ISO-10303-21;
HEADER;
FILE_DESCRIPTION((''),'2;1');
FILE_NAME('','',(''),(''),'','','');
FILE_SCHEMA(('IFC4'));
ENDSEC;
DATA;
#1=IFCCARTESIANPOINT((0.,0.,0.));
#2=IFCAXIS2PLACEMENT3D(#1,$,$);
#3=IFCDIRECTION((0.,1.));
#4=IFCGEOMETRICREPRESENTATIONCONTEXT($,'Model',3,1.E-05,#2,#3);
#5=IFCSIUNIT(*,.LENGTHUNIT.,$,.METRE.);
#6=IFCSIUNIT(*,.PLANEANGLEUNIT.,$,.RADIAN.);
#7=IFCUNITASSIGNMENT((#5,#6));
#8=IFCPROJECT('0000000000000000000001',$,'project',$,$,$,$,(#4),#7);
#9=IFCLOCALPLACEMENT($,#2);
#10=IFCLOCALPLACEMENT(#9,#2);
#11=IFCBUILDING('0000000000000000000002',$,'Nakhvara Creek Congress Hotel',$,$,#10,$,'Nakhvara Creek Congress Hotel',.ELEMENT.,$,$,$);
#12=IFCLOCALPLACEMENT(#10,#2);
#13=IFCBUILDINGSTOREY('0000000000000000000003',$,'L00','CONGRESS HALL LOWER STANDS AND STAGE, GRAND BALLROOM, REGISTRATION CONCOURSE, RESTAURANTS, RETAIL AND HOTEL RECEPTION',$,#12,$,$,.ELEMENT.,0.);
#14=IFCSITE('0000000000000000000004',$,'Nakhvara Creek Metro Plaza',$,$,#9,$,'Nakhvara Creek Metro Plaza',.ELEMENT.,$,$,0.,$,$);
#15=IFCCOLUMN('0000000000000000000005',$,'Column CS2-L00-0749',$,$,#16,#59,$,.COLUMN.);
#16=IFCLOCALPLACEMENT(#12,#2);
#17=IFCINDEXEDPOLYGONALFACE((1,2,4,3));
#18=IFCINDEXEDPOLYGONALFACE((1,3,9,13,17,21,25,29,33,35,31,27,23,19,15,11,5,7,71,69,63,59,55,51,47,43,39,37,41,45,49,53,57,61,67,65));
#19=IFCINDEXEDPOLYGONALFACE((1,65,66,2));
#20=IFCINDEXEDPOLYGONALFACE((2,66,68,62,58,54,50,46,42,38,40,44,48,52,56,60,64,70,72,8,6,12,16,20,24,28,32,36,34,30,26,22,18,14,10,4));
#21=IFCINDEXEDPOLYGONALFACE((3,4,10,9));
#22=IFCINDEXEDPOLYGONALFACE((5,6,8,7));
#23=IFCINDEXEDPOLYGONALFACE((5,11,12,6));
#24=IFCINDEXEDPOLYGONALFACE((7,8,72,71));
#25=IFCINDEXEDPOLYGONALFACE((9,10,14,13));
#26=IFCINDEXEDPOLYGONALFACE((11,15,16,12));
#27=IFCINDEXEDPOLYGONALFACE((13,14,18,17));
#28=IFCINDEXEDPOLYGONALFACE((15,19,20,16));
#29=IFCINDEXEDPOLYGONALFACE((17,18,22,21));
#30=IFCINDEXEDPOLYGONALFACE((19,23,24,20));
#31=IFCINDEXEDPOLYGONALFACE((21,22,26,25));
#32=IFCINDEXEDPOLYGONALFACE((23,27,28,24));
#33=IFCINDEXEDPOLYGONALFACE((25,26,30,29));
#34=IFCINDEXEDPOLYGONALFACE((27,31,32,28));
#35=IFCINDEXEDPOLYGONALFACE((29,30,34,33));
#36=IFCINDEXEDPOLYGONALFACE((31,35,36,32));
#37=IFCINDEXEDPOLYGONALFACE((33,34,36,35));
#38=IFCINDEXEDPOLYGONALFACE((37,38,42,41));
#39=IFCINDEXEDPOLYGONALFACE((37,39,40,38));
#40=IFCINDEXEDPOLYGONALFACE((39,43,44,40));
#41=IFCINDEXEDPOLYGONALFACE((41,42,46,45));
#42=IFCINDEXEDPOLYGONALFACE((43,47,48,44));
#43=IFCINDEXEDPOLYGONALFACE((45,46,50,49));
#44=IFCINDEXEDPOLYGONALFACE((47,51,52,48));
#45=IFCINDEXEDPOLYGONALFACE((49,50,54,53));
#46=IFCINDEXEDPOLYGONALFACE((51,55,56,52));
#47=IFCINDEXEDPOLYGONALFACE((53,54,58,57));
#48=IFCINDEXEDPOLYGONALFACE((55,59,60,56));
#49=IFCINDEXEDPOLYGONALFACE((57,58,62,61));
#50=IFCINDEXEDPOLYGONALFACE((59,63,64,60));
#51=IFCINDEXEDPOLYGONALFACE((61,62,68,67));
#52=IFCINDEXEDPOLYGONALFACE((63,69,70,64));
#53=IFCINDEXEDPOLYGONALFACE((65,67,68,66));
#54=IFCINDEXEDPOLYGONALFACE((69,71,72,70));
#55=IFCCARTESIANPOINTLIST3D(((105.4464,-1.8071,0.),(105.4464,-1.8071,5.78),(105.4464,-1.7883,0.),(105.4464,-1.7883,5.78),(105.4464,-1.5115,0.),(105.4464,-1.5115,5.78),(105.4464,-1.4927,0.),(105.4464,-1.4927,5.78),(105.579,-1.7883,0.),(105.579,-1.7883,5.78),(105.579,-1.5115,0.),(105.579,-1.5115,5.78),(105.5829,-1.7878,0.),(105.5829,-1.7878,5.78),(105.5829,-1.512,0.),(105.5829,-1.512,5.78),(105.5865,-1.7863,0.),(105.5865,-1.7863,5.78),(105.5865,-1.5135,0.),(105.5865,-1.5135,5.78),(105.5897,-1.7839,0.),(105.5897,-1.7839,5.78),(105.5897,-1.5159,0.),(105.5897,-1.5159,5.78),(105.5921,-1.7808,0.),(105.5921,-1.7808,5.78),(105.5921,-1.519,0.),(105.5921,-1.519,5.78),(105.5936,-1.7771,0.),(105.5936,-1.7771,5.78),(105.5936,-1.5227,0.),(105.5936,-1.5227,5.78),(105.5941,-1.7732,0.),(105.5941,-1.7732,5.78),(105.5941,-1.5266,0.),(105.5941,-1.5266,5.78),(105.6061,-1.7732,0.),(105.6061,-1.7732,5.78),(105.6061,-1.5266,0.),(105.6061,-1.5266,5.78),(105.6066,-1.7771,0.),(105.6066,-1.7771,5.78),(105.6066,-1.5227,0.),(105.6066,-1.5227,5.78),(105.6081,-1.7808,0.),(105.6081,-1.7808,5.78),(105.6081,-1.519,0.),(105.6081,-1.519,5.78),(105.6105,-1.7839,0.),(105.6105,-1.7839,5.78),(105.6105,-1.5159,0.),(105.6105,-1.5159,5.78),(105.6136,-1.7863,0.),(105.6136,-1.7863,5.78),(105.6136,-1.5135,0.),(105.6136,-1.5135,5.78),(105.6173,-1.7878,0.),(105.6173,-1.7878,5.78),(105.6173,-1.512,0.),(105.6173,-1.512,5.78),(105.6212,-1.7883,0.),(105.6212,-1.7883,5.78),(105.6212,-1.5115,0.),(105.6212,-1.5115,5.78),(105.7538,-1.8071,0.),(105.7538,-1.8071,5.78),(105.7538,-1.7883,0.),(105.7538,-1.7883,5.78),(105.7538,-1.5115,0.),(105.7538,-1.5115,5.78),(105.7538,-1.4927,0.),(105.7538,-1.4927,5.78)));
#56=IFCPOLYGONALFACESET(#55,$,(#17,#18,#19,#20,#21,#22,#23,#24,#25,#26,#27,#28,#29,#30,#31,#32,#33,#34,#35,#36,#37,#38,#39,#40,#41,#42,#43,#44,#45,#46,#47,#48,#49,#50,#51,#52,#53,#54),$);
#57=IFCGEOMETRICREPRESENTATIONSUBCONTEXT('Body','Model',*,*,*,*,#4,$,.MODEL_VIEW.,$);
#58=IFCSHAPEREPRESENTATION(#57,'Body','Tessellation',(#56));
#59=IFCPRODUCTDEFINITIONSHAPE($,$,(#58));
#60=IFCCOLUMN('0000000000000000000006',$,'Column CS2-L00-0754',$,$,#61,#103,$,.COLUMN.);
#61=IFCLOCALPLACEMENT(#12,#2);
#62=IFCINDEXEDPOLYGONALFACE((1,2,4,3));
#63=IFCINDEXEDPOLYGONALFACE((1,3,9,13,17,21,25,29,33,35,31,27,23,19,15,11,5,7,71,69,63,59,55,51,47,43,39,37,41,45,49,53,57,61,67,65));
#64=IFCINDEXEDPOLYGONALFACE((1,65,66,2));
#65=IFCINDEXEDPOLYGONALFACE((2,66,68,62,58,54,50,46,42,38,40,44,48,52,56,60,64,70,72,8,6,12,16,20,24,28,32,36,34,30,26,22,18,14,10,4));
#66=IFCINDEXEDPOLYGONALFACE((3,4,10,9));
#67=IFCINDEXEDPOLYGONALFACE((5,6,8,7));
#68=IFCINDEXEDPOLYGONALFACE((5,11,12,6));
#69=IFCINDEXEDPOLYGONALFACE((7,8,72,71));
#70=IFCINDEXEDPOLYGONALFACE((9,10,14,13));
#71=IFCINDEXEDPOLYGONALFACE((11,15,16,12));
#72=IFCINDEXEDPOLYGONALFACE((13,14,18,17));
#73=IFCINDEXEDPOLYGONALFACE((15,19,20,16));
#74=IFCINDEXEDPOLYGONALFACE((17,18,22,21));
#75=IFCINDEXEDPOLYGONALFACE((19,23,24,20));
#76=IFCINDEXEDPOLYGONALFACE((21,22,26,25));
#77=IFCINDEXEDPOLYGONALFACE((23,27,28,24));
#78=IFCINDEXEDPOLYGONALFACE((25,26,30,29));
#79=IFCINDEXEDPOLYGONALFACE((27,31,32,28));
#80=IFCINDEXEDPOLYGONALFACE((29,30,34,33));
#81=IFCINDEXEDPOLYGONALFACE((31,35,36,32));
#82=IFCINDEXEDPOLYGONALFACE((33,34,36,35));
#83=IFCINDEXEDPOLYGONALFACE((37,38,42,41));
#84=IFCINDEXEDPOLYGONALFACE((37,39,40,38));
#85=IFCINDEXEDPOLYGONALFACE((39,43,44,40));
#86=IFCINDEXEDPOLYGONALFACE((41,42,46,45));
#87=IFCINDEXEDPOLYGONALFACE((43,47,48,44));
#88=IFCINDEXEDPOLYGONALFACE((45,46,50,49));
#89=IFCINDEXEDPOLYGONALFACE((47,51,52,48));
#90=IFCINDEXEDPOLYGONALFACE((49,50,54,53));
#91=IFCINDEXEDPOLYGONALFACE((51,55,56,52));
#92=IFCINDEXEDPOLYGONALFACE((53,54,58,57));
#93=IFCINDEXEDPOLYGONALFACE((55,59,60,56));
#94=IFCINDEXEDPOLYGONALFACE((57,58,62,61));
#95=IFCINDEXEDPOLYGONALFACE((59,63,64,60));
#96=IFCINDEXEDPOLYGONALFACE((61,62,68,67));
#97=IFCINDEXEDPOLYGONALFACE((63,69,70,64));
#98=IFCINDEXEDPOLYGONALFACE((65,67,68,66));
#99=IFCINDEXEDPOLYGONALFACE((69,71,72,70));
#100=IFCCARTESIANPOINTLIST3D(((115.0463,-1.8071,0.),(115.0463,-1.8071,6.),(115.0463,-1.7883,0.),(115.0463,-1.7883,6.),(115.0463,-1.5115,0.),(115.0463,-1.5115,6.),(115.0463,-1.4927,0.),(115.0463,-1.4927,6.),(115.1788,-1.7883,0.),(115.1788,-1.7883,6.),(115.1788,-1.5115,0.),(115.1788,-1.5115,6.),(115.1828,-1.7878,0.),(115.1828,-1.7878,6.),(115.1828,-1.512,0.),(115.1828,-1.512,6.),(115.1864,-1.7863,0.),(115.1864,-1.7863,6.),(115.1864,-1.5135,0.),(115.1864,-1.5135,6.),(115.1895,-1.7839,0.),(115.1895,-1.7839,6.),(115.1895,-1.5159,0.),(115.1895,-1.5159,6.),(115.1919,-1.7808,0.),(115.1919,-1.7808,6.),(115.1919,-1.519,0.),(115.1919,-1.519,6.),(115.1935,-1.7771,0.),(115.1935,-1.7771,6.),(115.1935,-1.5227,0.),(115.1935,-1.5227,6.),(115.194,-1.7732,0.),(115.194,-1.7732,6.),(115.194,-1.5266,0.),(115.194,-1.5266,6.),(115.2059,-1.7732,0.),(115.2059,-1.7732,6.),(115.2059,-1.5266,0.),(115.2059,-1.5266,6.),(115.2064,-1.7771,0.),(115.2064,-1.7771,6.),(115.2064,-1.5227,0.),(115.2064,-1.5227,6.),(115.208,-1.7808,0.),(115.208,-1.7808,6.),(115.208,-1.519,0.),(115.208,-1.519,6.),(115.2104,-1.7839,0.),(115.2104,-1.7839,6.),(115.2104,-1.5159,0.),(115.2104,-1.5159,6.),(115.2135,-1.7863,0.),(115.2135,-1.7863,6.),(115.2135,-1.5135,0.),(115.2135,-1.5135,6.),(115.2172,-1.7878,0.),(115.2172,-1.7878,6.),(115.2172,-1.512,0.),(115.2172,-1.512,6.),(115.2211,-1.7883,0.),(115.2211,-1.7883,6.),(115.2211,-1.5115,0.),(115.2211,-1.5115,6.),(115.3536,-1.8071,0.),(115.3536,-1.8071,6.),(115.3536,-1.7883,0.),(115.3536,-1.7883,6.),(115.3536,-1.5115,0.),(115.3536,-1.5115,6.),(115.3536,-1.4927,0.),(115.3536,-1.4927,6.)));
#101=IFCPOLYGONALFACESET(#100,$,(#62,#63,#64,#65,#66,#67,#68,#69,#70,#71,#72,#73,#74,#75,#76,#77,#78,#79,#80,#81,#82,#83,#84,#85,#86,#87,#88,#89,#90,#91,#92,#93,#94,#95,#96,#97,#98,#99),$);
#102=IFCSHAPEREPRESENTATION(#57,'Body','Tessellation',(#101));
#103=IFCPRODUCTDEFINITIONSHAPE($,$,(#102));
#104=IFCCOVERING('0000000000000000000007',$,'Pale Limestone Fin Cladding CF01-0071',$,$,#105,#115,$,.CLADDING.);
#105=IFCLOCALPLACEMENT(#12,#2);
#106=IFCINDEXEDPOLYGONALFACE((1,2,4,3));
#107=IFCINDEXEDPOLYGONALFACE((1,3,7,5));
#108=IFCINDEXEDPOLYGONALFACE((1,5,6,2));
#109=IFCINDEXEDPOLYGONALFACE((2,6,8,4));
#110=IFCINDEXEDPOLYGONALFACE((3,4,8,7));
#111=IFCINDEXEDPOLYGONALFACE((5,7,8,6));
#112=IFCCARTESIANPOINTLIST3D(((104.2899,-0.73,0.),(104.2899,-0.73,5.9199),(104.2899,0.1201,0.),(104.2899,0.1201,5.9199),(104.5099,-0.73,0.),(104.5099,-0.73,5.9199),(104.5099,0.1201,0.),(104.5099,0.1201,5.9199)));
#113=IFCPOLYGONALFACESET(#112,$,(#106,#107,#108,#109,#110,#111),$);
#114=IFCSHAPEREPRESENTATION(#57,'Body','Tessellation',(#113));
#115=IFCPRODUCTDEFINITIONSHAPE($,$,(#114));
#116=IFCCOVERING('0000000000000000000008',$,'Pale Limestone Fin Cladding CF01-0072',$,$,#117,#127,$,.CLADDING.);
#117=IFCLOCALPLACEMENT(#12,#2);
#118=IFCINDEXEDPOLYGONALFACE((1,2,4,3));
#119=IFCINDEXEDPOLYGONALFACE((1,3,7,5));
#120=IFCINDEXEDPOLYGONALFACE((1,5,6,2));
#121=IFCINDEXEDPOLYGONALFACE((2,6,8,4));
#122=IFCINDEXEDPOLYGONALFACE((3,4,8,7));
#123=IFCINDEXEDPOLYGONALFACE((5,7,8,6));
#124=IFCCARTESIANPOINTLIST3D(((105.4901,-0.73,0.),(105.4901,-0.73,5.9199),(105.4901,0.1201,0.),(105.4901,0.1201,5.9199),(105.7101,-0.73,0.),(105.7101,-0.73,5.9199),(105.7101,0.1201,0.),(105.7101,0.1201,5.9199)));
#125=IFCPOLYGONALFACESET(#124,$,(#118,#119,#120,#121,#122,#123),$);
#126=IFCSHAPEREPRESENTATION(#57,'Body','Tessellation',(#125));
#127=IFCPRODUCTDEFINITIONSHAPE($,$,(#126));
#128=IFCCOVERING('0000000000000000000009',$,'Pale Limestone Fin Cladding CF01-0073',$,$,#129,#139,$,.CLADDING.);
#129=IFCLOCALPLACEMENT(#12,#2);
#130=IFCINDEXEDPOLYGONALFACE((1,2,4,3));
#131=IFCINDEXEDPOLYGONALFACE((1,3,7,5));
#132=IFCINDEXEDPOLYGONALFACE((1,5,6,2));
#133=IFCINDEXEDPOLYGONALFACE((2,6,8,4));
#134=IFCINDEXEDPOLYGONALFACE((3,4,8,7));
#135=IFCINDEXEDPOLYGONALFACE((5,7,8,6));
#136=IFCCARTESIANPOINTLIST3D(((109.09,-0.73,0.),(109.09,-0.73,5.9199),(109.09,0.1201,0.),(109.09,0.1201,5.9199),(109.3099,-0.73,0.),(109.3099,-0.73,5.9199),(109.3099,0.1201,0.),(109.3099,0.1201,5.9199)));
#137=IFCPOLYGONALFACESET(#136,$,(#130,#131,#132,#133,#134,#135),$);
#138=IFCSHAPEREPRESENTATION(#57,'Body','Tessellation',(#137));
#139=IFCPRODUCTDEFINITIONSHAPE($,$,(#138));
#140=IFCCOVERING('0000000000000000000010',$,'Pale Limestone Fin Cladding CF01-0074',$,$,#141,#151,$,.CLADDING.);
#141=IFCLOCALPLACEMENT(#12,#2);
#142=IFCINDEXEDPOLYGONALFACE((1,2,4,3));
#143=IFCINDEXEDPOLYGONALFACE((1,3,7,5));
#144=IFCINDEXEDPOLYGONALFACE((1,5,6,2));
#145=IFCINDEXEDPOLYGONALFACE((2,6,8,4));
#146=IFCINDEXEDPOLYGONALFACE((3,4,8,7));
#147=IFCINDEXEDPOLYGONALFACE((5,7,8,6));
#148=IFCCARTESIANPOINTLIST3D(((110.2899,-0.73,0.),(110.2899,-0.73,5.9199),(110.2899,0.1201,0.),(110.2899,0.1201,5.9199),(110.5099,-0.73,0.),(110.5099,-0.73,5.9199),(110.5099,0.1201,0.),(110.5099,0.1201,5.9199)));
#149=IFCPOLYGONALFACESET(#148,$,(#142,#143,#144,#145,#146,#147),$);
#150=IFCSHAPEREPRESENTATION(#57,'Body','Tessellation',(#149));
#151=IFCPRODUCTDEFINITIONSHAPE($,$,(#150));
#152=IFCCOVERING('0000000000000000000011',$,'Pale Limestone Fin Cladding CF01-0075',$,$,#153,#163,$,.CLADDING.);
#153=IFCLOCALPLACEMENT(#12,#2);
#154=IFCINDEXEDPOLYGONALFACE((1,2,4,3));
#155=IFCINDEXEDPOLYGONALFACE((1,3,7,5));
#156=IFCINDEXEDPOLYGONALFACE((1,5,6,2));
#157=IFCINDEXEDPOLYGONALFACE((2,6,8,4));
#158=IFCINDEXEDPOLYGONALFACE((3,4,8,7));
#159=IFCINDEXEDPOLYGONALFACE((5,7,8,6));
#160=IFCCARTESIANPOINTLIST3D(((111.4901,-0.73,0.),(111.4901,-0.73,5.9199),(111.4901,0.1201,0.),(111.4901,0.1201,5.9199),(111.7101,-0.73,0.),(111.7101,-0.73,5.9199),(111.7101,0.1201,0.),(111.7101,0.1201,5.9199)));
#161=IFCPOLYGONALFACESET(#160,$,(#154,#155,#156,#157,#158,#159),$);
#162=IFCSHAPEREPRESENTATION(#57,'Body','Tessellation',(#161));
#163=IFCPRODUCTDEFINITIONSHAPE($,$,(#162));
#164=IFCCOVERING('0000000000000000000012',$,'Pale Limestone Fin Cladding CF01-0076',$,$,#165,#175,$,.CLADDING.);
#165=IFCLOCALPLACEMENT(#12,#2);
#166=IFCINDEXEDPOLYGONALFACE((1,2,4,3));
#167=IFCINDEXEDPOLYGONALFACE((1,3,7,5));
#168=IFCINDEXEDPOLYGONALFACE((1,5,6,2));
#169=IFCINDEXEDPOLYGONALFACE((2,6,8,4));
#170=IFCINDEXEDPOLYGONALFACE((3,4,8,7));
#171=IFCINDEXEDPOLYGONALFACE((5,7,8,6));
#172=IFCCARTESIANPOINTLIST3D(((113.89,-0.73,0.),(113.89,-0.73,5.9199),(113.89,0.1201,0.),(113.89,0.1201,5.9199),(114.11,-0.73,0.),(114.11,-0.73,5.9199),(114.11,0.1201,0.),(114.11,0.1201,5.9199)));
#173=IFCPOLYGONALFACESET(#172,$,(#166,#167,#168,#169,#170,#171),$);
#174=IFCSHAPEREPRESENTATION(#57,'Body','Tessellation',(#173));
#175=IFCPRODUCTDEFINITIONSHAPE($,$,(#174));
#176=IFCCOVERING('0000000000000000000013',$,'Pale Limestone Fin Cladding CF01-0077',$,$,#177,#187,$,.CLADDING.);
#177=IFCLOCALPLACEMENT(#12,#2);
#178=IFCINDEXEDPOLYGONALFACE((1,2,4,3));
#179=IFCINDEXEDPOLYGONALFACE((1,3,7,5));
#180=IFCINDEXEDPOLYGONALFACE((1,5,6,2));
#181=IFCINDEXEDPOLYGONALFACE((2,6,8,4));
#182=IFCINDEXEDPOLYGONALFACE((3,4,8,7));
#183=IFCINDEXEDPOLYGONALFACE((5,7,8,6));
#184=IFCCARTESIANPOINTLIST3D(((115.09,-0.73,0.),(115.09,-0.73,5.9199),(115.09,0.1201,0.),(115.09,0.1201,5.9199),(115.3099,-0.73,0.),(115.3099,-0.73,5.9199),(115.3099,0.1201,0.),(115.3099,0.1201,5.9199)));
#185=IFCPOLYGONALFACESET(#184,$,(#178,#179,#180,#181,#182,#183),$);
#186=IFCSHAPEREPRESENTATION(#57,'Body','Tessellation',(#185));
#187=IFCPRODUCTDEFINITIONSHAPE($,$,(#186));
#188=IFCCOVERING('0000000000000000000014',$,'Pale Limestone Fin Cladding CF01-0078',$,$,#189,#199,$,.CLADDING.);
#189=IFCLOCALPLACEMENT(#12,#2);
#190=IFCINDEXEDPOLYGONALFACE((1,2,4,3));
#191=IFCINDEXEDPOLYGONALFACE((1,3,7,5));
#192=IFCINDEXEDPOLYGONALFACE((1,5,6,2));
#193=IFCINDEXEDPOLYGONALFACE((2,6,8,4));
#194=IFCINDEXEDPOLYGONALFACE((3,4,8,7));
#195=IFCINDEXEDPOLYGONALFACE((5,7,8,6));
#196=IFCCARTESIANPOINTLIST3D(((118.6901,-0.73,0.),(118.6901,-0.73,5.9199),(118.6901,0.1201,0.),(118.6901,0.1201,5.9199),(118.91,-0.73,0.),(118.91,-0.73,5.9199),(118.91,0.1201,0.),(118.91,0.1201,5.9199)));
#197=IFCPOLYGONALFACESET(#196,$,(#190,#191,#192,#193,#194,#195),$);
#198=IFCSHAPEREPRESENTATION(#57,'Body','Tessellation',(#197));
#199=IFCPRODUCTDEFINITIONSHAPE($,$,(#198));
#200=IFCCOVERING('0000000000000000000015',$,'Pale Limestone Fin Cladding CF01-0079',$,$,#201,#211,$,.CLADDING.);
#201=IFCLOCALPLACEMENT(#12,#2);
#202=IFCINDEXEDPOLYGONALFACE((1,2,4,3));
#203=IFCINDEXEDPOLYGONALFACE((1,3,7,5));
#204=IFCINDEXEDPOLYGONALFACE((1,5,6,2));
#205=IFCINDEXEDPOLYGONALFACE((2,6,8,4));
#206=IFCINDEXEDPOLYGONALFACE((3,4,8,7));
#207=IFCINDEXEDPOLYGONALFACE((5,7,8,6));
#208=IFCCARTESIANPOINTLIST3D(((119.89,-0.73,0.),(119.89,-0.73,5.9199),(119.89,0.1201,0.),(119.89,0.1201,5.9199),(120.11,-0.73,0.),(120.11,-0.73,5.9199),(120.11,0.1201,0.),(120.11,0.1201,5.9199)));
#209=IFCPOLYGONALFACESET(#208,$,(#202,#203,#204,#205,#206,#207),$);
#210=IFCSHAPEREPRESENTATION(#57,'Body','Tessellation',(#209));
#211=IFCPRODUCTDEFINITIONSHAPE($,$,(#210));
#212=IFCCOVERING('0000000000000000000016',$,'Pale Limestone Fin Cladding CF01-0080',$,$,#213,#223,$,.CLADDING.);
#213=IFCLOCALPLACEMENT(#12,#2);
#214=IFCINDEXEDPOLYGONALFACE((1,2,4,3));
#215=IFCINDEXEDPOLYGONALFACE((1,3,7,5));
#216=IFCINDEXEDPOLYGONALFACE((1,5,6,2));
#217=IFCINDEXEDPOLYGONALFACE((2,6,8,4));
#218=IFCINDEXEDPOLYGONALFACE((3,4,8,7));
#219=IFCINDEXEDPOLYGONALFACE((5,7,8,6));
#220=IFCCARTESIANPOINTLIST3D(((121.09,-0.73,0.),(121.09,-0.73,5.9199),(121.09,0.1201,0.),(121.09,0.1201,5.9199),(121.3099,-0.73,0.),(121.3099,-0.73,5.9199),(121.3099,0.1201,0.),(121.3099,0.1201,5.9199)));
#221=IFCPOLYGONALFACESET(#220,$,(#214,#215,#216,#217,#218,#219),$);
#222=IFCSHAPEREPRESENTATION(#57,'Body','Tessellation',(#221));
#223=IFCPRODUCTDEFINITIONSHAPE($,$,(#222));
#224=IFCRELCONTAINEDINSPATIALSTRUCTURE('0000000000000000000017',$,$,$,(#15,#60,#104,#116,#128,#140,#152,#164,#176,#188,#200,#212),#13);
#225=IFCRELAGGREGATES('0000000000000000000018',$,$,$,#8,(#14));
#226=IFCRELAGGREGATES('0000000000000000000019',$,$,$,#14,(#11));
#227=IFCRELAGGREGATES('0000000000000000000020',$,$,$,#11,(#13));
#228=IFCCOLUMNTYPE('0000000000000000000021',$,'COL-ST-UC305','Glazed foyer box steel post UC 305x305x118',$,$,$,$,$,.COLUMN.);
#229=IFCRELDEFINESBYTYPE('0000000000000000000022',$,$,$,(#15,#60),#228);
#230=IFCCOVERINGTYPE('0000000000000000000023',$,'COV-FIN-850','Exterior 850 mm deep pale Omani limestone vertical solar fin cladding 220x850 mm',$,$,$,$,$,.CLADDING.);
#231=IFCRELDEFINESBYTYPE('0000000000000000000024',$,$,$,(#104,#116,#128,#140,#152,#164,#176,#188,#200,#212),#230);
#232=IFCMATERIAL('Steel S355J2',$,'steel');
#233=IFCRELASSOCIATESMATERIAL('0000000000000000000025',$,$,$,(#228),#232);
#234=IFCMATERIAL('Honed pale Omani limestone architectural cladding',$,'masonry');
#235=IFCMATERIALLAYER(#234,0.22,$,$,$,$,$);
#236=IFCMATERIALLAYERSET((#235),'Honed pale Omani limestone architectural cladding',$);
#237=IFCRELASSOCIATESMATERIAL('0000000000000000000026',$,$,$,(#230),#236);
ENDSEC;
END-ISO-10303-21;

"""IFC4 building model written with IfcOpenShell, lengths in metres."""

from ifc_helpers import new_model, si_unit, direction, frame, origin, origin_2d, place, context, subcontext, project, spatial, rectangle, i_section, extrude, material, layer, layer_set, material_profile, profile_set, type_object, element, save


model = new_model("IFC4")

# Units and contexts
model_context = context("Model", 3, precision=1e-05, world=origin(), true_north=direction((0.0, 1.0)))
body_context = subcontext(model_context, "Body", "Model", "MODEL_VIEW")
ifc_project = project(units=[si_unit("LENGTHUNIT", "METRE"), si_unit("PLANEANGLEUNIT", "RADIAN")], contexts=[model_context])

# Site, building, storey
site_placement = place(None, origin())
site = spatial("IfcSite", under=ifc_project, at=site_placement, Name="Nakhvara Creek Metro Plaza", LongName="Nakhvara Creek Metro Plaza", CompositionType="ELEMENT", RefElevation=0.0)
building_placement = place(site_placement, origin())
building = spatial("IfcBuilding", under=site, at=building_placement, Name="Nakhvara Creek Congress Hotel", LongName="Nakhvara Creek Congress Hotel", CompositionType="ELEMENT")
storey_placement = place(building_placement, origin())
storey = spatial("IfcBuildingStorey", under=building, at=storey_placement, Name="L00", Description="CONGRESS HALL LOWER STANDS AND STAGE, GRAND BALLROOM, REGISTRATION CONCOURSE, RESTAURANTS, RETAIL AND HOTEL RECEPTION", CompositionType="ELEMENT", Elevation=0.0)

# Columns
ifc_material_1 = material(Name="Steel S355J2", Category="steel")
ifc_material_profile = material_profile(ifc_material_1, i_section(OverallWidth=0.3074, OverallDepth=0.3145, WebThickness=0.012, FlangeThickness=0.0188, FilletRadius=0.0151, at=origin_2d()), Name="UC 305x305x118", Category="LoadBearing")
ifc_profile_set = profile_set([ifc_material_profile], Name="Steel S355J2")
column_type = type_object("IfcColumnType", Name="COL-ST-UC305", Description="Glazed foyer box steel post UC 305x305x118", PredefinedType="COLUMN", material=ifc_profile_set)
column_1_placement = place(storey_placement, frame((105.6001, -1.6499, 0.0), z_axis=(0.0, 0.0, 1.0), x_axis=(1.0, 0.0, 0.0)))
element("IfcColumn", 1, at=column_1_placement, inside=storey, type_object=column_type, Name="Column CS2-L00-0749", PredefinedType="COLUMN", context=body_context, shape_type="SweptSolid", body=[
    extrude(i_section(OverallWidth=0.3074, OverallDepth=0.3145, WebThickness=0.012, FlangeThickness=0.0188, FilletRadius=0.0151, at=origin_2d()), origin(), (0.0, 0.0, 1.0), 5.78),
])
column_2_placement = place(storey_placement, frame((115.2, -1.6499, 0.0), z_axis=(0.0, 0.0, 1.0), x_axis=(1.0, 0.0, 0.0)))
element("IfcColumn", 2, at=column_2_placement, inside=storey, type_object=column_type, Name="Column CS2-L00-0754", PredefinedType="COLUMN", context=body_context, shape_type="SweptSolid", body=[
    extrude(i_section(OverallWidth=0.3074, OverallDepth=0.3145, WebThickness=0.012, FlangeThickness=0.0188, FilletRadius=0.0151, at=origin_2d()), origin(), (0.0, 0.0, 1.0), 6.0),
])

# Coverings
ifc_material_2 = material(Name="Honed pale Omani limestone architectural cladding", Category="masonry")
ifc_layer_1 = layer(ifc_material_2, 0.22)
ifc_layer_set_1 = layer_set([ifc_layer_1], Name="Honed pale Omani limestone architectural cladding")
covering_type_1 = type_object("IfcCoveringType", Name="COV-FIN-850", Description="Exterior 850 mm deep pale Omani limestone vertical solar fin cladding 220x850 mm", PredefinedType="CLADDING", material=ifc_layer_set_1)
for number, where, z_axis, x_axis, name in (
    (3, (104.3999, -0.3049, 0.0), (0.0, 0.0, 1.0), (1.0, 0.0, 0.0), "Pale Limestone Fin Cladding CF01-0071"),
    (4, (105.6001, -0.3049, 0.0), (0.0, 0.0, 1.0), (1.0, 0.0, 0.0), "Pale Limestone Fin Cladding CF01-0072"),
    (5, (109.2, -0.3049, 0.0), (0.0, 0.0, 1.0), (1.0, 0.0, 0.0), "Pale Limestone Fin Cladding CF01-0073"),
    (6, (110.3999, -0.3049, 0.0), (0.0, 0.0, 1.0), (1.0, 0.0, 0.0), "Pale Limestone Fin Cladding CF01-0074"),
    (7, (111.6001, -0.3049, 0.0), (0.0, 0.0, 1.0), (1.0, 0.0, 0.0), "Pale Limestone Fin Cladding CF01-0075"),
    (8, (114.0, -0.3049, 0.0), (0.0, 0.0, 1.0), (1.0, 0.0, 0.0), "Pale Limestone Fin Cladding CF01-0076"),
    (9, (115.2, -0.3049, 0.0), (0.0, 0.0, 1.0), (1.0, 0.0, 0.0), "Pale Limestone Fin Cladding CF01-0077"),
    (10, (118.8, -0.3049, 0.0), (0.0, 0.0, 1.0), (1.0, 0.0, 0.0), "Pale Limestone Fin Cladding CF01-0078"),
    (11, (120.0, -0.3049, 0.0), (0.0, 0.0, 1.0), (1.0, 0.0, 0.0), "Pale Limestone Fin Cladding CF01-0079"),
    (12, (121.2, -0.3049, 0.0), (0.0, 0.0, 1.0), (1.0, 0.0, 0.0), "Pale Limestone Fin Cladding CF01-0080"),
):
    element("IfcCovering", number, at=place(storey_placement, frame(where, z_axis=z_axis, x_axis=x_axis)), inside=storey, type_object=covering_type_1, Name=name, PredefinedType="CLADDING", context=body_context, shape_type="SweptSolid", body=[
        extrude(rectangle(XDim=0.22, YDim=0.8501, at=origin_2d()), origin(), (0.0, 0.0, 1.0), 5.9199),
    ])

save(model, "model.ifc")
